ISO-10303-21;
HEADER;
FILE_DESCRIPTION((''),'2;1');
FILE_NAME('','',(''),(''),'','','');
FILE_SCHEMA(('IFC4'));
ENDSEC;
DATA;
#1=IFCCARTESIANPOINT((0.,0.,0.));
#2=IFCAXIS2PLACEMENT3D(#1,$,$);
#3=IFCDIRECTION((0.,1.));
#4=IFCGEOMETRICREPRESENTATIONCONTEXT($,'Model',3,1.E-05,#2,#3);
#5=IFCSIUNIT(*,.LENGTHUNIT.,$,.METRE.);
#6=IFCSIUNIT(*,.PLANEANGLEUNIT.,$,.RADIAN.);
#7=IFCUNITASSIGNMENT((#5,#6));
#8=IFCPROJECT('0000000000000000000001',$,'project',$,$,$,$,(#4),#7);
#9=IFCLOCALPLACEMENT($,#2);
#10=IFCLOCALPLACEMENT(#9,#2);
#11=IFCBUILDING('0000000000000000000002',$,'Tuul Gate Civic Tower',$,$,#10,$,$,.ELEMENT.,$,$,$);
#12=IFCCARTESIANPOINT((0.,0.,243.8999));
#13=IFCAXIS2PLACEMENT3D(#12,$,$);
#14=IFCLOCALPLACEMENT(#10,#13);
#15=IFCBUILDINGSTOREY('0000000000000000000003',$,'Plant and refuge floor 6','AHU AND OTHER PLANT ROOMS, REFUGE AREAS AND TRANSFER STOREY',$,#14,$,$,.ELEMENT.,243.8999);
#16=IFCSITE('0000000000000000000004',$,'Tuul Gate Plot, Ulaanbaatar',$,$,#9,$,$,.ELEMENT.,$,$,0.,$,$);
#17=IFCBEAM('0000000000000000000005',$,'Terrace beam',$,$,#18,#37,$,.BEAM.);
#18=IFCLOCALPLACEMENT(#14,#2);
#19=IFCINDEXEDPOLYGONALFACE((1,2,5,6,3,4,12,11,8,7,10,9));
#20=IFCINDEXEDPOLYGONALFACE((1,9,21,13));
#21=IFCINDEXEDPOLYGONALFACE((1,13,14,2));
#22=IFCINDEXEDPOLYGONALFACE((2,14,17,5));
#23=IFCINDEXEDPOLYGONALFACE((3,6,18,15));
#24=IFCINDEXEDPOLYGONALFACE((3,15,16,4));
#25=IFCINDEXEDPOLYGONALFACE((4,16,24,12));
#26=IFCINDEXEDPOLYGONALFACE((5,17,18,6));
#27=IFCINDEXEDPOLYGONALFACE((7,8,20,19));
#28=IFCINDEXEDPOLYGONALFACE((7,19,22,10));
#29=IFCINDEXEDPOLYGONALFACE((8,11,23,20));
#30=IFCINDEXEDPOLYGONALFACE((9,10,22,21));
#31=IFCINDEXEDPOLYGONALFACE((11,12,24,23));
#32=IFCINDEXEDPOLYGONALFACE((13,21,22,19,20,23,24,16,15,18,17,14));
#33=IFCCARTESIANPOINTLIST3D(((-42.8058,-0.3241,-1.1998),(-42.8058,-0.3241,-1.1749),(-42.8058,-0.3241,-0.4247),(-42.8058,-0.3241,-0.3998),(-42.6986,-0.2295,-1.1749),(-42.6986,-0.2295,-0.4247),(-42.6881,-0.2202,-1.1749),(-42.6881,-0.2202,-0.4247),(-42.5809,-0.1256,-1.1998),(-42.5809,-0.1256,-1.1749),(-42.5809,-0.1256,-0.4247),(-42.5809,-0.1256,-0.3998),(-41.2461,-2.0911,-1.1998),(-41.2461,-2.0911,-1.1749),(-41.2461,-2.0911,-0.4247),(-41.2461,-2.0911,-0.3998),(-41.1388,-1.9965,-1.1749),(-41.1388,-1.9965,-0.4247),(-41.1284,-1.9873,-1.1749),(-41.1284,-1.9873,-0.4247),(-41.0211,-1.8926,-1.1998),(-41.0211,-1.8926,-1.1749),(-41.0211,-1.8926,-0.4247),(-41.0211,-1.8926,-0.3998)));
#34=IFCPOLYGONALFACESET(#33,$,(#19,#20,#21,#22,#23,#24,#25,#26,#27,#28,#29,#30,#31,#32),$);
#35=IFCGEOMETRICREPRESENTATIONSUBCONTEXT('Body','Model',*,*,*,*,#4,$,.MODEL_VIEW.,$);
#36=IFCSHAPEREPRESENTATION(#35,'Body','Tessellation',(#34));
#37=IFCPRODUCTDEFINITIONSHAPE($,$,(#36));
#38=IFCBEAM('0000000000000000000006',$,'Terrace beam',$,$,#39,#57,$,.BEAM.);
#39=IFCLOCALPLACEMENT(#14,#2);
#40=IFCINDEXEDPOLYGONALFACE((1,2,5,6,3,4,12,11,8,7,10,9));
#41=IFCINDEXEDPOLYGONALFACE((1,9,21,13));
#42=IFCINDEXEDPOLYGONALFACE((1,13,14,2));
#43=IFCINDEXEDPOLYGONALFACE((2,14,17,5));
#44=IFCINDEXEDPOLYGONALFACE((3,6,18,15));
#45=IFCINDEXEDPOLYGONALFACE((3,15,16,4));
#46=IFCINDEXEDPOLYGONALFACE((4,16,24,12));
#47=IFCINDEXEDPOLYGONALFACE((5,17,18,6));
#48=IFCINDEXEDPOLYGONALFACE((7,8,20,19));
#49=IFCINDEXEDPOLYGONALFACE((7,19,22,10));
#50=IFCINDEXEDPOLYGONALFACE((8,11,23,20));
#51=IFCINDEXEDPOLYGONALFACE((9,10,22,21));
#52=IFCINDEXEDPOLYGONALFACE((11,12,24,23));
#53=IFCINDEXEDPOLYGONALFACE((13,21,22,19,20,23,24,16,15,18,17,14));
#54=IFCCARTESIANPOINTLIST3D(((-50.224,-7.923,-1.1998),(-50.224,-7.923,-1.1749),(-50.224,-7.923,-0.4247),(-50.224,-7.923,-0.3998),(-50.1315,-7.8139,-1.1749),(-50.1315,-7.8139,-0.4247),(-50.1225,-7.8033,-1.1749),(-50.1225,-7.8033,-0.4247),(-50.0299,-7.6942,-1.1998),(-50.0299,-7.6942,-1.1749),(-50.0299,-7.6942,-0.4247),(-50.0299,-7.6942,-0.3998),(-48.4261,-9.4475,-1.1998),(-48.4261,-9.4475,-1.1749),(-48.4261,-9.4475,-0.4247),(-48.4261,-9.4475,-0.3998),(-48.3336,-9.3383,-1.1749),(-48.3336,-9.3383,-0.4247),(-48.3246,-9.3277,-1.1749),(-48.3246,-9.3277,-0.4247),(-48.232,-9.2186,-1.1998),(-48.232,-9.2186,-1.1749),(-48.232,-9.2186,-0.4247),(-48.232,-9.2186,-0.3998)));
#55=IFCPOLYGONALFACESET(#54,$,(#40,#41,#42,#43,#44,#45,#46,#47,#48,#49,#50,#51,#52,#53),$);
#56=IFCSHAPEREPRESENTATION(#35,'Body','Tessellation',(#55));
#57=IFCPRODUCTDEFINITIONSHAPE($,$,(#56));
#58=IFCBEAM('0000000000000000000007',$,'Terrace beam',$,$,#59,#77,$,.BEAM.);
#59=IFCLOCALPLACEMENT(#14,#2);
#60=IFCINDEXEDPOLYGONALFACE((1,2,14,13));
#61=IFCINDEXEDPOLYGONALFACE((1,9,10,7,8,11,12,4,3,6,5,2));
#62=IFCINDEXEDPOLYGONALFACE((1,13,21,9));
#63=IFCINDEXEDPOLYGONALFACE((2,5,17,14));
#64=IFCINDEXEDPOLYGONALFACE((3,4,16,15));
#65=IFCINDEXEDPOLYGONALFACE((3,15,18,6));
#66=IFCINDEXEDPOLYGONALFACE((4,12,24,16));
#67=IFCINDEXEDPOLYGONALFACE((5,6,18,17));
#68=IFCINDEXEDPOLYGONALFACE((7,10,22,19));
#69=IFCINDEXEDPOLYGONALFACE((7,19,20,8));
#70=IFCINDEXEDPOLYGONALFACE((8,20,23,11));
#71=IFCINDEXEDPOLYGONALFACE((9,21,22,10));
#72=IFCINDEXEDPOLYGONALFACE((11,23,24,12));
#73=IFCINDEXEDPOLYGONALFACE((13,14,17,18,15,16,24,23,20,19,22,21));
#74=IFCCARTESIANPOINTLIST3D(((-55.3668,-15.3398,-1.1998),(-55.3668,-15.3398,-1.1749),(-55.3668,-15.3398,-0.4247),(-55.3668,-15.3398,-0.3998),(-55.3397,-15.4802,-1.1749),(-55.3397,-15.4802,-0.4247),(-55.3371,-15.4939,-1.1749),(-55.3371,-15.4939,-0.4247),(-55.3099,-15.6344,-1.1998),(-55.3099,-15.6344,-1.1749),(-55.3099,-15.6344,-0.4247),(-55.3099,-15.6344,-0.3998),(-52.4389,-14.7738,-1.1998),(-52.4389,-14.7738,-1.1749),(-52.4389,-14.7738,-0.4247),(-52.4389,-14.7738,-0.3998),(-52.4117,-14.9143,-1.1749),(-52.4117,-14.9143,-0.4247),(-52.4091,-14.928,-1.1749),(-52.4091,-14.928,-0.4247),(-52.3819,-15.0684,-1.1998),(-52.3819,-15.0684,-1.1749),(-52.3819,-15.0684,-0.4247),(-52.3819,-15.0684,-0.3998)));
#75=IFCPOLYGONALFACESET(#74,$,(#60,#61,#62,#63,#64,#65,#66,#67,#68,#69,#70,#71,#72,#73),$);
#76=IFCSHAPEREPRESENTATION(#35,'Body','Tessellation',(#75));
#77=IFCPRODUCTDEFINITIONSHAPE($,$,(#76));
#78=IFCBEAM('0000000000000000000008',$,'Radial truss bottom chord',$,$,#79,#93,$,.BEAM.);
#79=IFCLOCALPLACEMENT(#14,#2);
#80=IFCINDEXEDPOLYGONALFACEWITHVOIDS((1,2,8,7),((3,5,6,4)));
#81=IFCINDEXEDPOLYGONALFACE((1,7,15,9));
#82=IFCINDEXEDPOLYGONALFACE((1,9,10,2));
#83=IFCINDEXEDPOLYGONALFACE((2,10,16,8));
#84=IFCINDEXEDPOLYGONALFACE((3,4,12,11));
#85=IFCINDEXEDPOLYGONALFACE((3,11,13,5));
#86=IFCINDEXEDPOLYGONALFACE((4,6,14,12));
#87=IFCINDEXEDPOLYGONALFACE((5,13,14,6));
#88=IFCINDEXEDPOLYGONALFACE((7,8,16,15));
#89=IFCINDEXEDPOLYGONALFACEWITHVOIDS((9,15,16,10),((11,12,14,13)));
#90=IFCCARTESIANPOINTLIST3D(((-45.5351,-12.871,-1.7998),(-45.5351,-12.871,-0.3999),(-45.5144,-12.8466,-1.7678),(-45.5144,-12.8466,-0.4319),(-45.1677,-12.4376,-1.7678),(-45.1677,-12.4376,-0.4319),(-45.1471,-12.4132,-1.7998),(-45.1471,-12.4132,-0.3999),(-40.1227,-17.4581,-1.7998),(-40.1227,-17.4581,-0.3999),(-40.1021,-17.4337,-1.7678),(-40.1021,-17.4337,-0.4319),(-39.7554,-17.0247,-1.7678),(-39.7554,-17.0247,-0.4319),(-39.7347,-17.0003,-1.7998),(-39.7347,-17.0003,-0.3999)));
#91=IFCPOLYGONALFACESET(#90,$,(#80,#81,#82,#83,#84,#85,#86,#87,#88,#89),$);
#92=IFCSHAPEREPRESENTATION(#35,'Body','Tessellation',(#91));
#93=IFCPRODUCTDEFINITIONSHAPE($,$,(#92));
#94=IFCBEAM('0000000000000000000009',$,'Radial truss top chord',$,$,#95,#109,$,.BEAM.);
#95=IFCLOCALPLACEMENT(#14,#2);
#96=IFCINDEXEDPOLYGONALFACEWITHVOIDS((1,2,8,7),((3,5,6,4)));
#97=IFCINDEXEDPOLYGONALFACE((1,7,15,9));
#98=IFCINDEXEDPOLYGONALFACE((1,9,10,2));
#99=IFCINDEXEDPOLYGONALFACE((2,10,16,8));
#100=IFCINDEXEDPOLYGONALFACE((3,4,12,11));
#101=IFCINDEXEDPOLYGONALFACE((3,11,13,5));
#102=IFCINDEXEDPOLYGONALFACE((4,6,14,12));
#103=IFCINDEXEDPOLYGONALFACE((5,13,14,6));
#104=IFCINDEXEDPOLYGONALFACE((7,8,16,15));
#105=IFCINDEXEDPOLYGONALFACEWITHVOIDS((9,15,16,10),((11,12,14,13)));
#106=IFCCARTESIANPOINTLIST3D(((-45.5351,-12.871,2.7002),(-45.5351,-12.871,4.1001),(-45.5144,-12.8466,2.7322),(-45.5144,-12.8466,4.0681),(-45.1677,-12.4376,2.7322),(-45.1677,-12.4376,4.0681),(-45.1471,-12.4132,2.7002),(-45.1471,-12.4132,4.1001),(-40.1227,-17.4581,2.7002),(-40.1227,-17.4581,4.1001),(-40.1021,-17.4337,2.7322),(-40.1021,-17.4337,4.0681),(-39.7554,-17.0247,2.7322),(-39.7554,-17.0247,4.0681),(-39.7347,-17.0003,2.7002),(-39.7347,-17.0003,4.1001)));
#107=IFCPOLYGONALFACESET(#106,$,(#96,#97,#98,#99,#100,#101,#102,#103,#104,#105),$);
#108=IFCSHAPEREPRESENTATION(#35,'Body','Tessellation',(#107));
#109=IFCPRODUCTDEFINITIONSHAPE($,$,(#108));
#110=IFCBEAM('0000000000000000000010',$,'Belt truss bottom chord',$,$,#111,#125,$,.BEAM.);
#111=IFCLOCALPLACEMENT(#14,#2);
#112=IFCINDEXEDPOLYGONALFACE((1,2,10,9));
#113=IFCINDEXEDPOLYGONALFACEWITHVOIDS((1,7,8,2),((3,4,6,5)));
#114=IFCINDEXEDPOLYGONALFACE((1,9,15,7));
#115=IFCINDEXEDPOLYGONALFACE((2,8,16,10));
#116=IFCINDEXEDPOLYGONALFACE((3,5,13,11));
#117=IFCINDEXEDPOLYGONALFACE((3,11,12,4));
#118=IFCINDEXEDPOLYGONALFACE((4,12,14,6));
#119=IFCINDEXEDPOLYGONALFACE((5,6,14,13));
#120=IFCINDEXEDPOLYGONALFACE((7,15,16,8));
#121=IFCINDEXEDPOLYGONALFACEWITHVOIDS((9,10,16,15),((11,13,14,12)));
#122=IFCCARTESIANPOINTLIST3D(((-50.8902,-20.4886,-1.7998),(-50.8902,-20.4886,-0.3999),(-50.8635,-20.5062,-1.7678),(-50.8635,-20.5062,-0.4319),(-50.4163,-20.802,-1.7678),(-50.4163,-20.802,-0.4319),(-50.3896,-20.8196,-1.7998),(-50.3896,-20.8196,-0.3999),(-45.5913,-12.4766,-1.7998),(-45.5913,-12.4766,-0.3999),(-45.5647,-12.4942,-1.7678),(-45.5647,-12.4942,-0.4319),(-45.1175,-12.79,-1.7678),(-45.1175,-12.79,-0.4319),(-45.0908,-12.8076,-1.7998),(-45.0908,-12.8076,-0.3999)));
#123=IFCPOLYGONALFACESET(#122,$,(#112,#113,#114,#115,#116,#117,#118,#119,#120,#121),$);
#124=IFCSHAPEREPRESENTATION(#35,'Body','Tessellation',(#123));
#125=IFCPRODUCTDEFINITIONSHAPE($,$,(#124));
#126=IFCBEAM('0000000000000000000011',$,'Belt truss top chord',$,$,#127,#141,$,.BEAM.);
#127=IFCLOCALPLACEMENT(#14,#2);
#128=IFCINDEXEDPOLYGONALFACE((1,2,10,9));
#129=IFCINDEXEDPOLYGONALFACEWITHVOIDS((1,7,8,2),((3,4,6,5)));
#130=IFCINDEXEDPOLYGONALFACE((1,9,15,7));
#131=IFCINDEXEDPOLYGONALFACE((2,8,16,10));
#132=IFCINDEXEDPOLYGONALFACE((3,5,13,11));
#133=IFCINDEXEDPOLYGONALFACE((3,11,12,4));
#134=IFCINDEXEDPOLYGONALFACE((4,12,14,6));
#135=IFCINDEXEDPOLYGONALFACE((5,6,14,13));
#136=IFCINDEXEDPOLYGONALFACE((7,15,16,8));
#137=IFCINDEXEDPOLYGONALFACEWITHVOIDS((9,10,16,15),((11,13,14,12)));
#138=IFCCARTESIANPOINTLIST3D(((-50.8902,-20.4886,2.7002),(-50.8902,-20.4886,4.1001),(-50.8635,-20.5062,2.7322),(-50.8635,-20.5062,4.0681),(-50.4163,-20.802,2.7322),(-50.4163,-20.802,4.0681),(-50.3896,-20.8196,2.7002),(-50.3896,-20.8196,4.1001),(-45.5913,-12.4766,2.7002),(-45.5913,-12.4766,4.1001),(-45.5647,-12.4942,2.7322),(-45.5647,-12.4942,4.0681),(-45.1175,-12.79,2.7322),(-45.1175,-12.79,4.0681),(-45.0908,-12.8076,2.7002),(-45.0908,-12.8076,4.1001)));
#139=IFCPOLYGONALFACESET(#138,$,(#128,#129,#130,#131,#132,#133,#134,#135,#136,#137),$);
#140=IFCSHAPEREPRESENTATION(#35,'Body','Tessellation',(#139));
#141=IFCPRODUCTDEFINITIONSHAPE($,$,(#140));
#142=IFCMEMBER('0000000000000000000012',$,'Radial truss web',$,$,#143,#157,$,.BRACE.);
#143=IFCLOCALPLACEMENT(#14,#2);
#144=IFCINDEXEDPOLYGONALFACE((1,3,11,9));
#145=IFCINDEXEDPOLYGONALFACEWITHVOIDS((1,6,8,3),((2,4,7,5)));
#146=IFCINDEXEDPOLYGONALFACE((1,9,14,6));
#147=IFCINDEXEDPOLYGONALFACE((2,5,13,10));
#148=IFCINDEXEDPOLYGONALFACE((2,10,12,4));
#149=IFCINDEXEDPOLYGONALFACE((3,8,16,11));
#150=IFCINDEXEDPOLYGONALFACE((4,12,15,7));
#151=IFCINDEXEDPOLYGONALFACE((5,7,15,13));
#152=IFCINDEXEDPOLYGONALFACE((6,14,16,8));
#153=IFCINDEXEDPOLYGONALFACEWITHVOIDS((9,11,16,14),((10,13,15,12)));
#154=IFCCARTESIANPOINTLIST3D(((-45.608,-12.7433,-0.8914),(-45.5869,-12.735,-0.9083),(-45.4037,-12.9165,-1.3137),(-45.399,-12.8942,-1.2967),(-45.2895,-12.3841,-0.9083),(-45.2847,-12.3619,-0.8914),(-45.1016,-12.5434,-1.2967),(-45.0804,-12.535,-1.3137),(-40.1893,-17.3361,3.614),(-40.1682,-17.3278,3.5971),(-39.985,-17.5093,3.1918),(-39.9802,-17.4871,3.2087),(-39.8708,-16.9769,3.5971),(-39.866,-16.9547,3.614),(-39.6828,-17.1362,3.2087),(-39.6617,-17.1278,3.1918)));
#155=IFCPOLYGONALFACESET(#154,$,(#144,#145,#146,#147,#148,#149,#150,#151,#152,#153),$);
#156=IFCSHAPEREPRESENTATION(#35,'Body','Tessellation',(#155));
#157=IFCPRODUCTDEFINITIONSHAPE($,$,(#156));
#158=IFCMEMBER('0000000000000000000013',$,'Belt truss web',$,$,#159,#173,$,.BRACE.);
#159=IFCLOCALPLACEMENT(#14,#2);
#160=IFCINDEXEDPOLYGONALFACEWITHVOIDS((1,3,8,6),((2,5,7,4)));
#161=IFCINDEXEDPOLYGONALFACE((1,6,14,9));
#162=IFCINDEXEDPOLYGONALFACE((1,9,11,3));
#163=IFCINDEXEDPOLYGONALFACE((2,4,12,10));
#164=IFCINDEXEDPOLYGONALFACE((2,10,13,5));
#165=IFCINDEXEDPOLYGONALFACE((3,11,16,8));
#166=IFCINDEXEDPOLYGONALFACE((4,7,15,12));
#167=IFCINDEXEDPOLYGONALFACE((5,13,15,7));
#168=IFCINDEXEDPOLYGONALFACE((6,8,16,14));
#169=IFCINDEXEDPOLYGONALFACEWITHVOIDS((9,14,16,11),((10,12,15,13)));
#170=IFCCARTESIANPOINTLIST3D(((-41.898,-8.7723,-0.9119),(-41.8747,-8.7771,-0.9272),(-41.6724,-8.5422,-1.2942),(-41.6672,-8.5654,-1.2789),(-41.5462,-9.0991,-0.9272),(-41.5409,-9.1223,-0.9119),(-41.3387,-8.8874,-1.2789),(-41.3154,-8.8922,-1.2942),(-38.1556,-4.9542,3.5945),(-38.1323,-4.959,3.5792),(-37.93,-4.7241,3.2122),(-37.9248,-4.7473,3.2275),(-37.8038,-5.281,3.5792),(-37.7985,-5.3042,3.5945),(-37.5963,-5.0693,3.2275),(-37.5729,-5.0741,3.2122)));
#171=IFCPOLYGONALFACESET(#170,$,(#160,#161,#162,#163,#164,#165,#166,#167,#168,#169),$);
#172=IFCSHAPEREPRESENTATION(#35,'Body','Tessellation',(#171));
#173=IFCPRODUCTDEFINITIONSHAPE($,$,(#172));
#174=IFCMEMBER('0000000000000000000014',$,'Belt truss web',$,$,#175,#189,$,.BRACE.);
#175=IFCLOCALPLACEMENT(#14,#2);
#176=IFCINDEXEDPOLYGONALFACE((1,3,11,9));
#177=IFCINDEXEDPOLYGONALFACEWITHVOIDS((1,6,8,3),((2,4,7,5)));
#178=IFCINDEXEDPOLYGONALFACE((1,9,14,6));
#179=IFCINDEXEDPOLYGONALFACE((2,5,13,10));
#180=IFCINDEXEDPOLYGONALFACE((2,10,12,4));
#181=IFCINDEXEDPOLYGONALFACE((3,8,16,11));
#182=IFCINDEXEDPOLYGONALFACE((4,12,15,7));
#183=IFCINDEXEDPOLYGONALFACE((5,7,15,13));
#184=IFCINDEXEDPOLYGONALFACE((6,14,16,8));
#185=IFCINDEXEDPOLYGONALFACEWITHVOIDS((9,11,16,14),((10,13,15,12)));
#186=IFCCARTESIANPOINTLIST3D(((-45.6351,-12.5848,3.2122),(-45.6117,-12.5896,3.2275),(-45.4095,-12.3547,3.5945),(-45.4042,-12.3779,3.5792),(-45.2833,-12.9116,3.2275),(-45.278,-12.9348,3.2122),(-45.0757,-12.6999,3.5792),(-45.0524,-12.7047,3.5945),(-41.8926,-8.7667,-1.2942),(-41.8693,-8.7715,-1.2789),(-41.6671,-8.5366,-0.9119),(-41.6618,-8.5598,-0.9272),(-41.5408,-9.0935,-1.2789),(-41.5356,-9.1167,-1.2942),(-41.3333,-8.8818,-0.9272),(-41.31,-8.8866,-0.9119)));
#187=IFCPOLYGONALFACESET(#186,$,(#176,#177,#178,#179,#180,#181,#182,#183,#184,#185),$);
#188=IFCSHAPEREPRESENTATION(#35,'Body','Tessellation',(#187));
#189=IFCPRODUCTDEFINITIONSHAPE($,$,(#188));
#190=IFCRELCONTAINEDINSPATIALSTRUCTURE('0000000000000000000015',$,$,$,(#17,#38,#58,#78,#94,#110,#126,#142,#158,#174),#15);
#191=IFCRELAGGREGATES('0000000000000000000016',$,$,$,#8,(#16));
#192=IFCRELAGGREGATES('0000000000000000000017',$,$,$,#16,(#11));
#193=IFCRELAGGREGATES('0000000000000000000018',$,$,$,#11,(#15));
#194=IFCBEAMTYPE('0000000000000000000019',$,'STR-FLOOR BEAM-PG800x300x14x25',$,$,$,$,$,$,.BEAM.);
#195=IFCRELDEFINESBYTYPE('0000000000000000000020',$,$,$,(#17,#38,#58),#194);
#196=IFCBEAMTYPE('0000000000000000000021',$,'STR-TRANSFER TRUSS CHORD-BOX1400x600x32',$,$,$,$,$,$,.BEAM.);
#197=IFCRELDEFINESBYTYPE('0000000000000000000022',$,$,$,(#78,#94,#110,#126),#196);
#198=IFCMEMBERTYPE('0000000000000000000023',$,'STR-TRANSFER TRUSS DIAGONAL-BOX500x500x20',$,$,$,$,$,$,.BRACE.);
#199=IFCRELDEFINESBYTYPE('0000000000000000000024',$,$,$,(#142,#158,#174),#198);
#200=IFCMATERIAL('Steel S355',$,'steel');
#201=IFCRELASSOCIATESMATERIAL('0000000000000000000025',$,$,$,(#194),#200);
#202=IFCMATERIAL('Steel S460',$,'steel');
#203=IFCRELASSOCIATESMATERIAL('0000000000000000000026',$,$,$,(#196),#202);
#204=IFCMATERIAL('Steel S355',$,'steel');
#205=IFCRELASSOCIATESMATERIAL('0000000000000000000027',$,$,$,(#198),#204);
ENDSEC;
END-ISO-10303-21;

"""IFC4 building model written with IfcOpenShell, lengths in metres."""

from ifc_helpers import new_model, si_unit, direction, frame, origin, origin_2d, place, context, subcontext, project, spatial, hollow_rectangle, i_section, extrude, material, material_profile, profile_set, type_object, element, save


model = new_model("IFC4")

# Units and contexts
model_context = context("Model", 3, precision=1e-05, world=origin(), true_north=direction((0.0, 1.0)))
body_context = subcontext(model_context, "Body", "Model", "MODEL_VIEW")
ifc_project = project(units=[si_unit("LENGTHUNIT", "METRE"), si_unit("PLANEANGLEUNIT", "RADIAN")], contexts=[model_context])

# Site, building, storey
site_placement = place(None, origin())
site = spatial("IfcSite", under=ifc_project, at=site_placement, Name="Tuul Gate Plot, Ulaanbaatar", CompositionType="ELEMENT", RefElevation=0.0)
building_placement = place(site_placement, origin())
building = spatial("IfcBuilding", under=site, at=building_placement, Name="Tuul Gate Civic Tower", CompositionType="ELEMENT")
storey_placement = place(building_placement, frame((0.0, 0.0, 243.8999)))
storey = spatial("IfcBuildingStorey", under=building, at=storey_placement, Name="Plant and refuge floor 6", Description="AHU AND OTHER PLANT ROOMS, REFUGE AREAS AND TRANSFER STOREY", CompositionType="ELEMENT", Elevation=243.8999)

# Beams
ifc_material_1 = material(Name="Steel S355", Category="steel")
ifc_material_profile_1 = material_profile(ifc_material_1, i_section(OverallWidth=0.3, OverallDepth=0.8, WebThickness=0.0139, FlangeThickness=0.0249, at=origin_2d()), Name="PG800x300x14x25")
ifc_profile_set_1 = profile_set([ifc_material_profile_1], Name="Steel S355")
beam_type_1 = type_object("IfcBeamType", Name="STR-FLOOR BEAM-PG800x300x14x25", PredefinedType="BEAM", material=ifc_profile_set_1)
beam_1_placement = place(storey_placement, frame((-42.6934, -0.2249, -0.7998), z_axis=(0.661769, -0.749708, 0.0), x_axis=(0.749708, 0.661769, 0.0)))
element("IfcBeam", 1, at=beam_1_placement, inside=storey, type_object=beam_type_1, Name="Terrace beam", PredefinedType="BEAM", context=body_context, shape_type="SweptSolid", body=[
    extrude(i_section(OverallWidth=0.3, OverallDepth=0.8, WebThickness=0.0139, FlangeThickness=0.0249, at=origin_2d()), origin(), (0.0, 0.0, 1.0), 2.3569),
])
beam_2_placement = place(storey_placement, frame((-50.127, -7.8086, -0.7998), z_axis=(0.762726, -0.646722, 0.0), x_axis=(0.646722, 0.762726, 0.0)))
element("IfcBeam", 2, at=beam_2_placement, inside=storey, type_object=beam_type_1, Name="Terrace beam", PredefinedType="BEAM", context=body_context, shape_type="SweptSolid", body=[
    extrude(i_section(OverallWidth=0.3, OverallDepth=0.8, WebThickness=0.0139, FlangeThickness=0.0249, at=origin_2d()), origin(), (0.0, 0.0, 1.0), 2.3572),
])
beam_3_placement = place(storey_placement, frame((-55.3384, -15.4871, -0.7998), z_axis=(0.981829, 0.189767, 0.0), x_axis=(-0.189767, 0.981829, 0.0)))
element("IfcBeam", 3, at=beam_3_placement, inside=storey, type_object=beam_type_1, Name="Terrace beam", PredefinedType="BEAM", context=body_context, shape_type="SweptSolid", body=[
    extrude(i_section(OverallWidth=0.3, OverallDepth=0.8, WebThickness=0.0139, FlangeThickness=0.0249, at=origin_2d()), origin(), (0.0, 0.0, 1.0), 2.9822),
])
ifc_material_2 = material(Name="Steel S460", Category="steel")
ifc_material_profile_2 = material_profile(ifc_material_2, hollow_rectangle(XDim=0.6001, YDim=1.3999, WallThickness=0.032, at=origin_2d()), Name="BOX1400x600x32")
ifc_profile_set_2 = profile_set([ifc_material_profile_2], Name="Steel S460")
beam_type_2 = type_object("IfcBeamType", Name="STR-TRANSFER TRUSS CHORD-BOX1400x600x32", PredefinedType="BEAM", material=ifc_profile_set_2)
for number, where, z_axis, x_axis, name in (
    (4, (-45.3411, -12.6421, -1.0999), (0.762867, -0.646556, 0.0), (0.646556, 0.762867, 0.0), "Radial truss bottom chord"),
    (5, (-45.3411, -12.6421, 3.4001), (0.762867, -0.646556, 0.0), (0.646556, 0.762867, 0.0), "Radial truss top chord"),
):
    element("IfcBeam", number, at=place(storey_placement, frame(where, z_axis=z_axis, x_axis=x_axis)), inside=storey, type_object=beam_type_2, Name=name, PredefinedType="BEAM", context=body_context, shape_type="SweptSolid", body=[
        extrude(hollow_rectangle(XDim=0.6001, YDim=1.3999, WallThickness=0.032, at=origin_2d()), origin(), (0.0, 0.0, 1.0), 7.0947),
    ])
for number, where, z_axis, x_axis, name in (
    (6, (-45.3411, -12.6421, -1.0999), (-0.551635, -0.834086, 0.0), (0.834086, -0.551635, 0.0), "Belt truss bottom chord"),
    (7, (-45.3411, -12.6421, 3.4001), (-0.551635, -0.834086, 0.0), (0.834086, -0.551635, 0.0), "Belt truss top chord"),
):
    element("IfcBeam", number, at=place(storey_placement, frame(where, z_axis=z_axis, x_axis=x_axis)), inside=storey, type_object=beam_type_2, Name=name, PredefinedType="BEAM", context=body_context, shape_type="SweptSolid", body=[
        extrude(hollow_rectangle(XDim=0.6001, YDim=1.3999, WallThickness=0.032, at=origin_2d()), origin(), (0.0, 0.0, 1.0), 9.6057),
    ])

# Members
ifc_material_3 = material(Name="Steel S355", Category="steel")
ifc_material_profile_3 = material_profile(ifc_material_3, hollow_rectangle(XDim=0.5, YDim=0.5, WallThickness=0.02, at=origin_2d()), Name="BOX500x500x20")
ifc_profile_set_3 = profile_set([ifc_material_profile_3], Name="Steel S355")
member_type_1 = type_object("IfcMemberType", Name="STR-TRANSFER TRUSS DIAGONAL-BOX500x500x20", PredefinedType="BRACE", material=ifc_profile_set_3)
member_1_placement = place(storey_placement, frame((-45.3442, -12.6392, -1.1025), z_axis=(0.644197, -0.546008, 0.535617), x_axis=(0.646575, 0.76285, 0.0)))
element("IfcMember", 8, at=member_1_placement, inside=storey, type_object=member_type_1, Name="Radial truss web", PredefinedType="BRACE", context=body_context, shape_type="SweptSolid", body=[
    extrude(hollow_rectangle(XDim=0.5, YDim=0.5, WallThickness=0.02, at=origin_2d()), origin(), (0.0, 0.0, 1.0), 8.4116),
])
for number, where, z_axis, x_axis, name in (
    (9, (-41.6067, -8.8323, -1.103), (0.535229, 0.546053, 0.644481), (-0.714149, 0.699993, 0.0), "Belt truss web"),
    (10, (-41.6013, -8.8267, -1.103), (-0.535229, -0.546053, 0.644481), (0.714149, -0.699993, 0.0), "Belt truss web"),
):
    element("IfcMember", number, at=place(storey_placement, frame(where, z_axis=z_axis, x_axis=x_axis)), inside=storey, type_object=member_type_1, Name=name, PredefinedType="BRACE", context=body_context, shape_type="SweptSolid", body=[
        extrude(hollow_rectangle(XDim=0.5, YDim=0.5, WallThickness=0.02, at=origin_2d()), origin(), (0.0, 0.0, 1.0), 6.9922),
    ])

save(model, "model.ifc")
